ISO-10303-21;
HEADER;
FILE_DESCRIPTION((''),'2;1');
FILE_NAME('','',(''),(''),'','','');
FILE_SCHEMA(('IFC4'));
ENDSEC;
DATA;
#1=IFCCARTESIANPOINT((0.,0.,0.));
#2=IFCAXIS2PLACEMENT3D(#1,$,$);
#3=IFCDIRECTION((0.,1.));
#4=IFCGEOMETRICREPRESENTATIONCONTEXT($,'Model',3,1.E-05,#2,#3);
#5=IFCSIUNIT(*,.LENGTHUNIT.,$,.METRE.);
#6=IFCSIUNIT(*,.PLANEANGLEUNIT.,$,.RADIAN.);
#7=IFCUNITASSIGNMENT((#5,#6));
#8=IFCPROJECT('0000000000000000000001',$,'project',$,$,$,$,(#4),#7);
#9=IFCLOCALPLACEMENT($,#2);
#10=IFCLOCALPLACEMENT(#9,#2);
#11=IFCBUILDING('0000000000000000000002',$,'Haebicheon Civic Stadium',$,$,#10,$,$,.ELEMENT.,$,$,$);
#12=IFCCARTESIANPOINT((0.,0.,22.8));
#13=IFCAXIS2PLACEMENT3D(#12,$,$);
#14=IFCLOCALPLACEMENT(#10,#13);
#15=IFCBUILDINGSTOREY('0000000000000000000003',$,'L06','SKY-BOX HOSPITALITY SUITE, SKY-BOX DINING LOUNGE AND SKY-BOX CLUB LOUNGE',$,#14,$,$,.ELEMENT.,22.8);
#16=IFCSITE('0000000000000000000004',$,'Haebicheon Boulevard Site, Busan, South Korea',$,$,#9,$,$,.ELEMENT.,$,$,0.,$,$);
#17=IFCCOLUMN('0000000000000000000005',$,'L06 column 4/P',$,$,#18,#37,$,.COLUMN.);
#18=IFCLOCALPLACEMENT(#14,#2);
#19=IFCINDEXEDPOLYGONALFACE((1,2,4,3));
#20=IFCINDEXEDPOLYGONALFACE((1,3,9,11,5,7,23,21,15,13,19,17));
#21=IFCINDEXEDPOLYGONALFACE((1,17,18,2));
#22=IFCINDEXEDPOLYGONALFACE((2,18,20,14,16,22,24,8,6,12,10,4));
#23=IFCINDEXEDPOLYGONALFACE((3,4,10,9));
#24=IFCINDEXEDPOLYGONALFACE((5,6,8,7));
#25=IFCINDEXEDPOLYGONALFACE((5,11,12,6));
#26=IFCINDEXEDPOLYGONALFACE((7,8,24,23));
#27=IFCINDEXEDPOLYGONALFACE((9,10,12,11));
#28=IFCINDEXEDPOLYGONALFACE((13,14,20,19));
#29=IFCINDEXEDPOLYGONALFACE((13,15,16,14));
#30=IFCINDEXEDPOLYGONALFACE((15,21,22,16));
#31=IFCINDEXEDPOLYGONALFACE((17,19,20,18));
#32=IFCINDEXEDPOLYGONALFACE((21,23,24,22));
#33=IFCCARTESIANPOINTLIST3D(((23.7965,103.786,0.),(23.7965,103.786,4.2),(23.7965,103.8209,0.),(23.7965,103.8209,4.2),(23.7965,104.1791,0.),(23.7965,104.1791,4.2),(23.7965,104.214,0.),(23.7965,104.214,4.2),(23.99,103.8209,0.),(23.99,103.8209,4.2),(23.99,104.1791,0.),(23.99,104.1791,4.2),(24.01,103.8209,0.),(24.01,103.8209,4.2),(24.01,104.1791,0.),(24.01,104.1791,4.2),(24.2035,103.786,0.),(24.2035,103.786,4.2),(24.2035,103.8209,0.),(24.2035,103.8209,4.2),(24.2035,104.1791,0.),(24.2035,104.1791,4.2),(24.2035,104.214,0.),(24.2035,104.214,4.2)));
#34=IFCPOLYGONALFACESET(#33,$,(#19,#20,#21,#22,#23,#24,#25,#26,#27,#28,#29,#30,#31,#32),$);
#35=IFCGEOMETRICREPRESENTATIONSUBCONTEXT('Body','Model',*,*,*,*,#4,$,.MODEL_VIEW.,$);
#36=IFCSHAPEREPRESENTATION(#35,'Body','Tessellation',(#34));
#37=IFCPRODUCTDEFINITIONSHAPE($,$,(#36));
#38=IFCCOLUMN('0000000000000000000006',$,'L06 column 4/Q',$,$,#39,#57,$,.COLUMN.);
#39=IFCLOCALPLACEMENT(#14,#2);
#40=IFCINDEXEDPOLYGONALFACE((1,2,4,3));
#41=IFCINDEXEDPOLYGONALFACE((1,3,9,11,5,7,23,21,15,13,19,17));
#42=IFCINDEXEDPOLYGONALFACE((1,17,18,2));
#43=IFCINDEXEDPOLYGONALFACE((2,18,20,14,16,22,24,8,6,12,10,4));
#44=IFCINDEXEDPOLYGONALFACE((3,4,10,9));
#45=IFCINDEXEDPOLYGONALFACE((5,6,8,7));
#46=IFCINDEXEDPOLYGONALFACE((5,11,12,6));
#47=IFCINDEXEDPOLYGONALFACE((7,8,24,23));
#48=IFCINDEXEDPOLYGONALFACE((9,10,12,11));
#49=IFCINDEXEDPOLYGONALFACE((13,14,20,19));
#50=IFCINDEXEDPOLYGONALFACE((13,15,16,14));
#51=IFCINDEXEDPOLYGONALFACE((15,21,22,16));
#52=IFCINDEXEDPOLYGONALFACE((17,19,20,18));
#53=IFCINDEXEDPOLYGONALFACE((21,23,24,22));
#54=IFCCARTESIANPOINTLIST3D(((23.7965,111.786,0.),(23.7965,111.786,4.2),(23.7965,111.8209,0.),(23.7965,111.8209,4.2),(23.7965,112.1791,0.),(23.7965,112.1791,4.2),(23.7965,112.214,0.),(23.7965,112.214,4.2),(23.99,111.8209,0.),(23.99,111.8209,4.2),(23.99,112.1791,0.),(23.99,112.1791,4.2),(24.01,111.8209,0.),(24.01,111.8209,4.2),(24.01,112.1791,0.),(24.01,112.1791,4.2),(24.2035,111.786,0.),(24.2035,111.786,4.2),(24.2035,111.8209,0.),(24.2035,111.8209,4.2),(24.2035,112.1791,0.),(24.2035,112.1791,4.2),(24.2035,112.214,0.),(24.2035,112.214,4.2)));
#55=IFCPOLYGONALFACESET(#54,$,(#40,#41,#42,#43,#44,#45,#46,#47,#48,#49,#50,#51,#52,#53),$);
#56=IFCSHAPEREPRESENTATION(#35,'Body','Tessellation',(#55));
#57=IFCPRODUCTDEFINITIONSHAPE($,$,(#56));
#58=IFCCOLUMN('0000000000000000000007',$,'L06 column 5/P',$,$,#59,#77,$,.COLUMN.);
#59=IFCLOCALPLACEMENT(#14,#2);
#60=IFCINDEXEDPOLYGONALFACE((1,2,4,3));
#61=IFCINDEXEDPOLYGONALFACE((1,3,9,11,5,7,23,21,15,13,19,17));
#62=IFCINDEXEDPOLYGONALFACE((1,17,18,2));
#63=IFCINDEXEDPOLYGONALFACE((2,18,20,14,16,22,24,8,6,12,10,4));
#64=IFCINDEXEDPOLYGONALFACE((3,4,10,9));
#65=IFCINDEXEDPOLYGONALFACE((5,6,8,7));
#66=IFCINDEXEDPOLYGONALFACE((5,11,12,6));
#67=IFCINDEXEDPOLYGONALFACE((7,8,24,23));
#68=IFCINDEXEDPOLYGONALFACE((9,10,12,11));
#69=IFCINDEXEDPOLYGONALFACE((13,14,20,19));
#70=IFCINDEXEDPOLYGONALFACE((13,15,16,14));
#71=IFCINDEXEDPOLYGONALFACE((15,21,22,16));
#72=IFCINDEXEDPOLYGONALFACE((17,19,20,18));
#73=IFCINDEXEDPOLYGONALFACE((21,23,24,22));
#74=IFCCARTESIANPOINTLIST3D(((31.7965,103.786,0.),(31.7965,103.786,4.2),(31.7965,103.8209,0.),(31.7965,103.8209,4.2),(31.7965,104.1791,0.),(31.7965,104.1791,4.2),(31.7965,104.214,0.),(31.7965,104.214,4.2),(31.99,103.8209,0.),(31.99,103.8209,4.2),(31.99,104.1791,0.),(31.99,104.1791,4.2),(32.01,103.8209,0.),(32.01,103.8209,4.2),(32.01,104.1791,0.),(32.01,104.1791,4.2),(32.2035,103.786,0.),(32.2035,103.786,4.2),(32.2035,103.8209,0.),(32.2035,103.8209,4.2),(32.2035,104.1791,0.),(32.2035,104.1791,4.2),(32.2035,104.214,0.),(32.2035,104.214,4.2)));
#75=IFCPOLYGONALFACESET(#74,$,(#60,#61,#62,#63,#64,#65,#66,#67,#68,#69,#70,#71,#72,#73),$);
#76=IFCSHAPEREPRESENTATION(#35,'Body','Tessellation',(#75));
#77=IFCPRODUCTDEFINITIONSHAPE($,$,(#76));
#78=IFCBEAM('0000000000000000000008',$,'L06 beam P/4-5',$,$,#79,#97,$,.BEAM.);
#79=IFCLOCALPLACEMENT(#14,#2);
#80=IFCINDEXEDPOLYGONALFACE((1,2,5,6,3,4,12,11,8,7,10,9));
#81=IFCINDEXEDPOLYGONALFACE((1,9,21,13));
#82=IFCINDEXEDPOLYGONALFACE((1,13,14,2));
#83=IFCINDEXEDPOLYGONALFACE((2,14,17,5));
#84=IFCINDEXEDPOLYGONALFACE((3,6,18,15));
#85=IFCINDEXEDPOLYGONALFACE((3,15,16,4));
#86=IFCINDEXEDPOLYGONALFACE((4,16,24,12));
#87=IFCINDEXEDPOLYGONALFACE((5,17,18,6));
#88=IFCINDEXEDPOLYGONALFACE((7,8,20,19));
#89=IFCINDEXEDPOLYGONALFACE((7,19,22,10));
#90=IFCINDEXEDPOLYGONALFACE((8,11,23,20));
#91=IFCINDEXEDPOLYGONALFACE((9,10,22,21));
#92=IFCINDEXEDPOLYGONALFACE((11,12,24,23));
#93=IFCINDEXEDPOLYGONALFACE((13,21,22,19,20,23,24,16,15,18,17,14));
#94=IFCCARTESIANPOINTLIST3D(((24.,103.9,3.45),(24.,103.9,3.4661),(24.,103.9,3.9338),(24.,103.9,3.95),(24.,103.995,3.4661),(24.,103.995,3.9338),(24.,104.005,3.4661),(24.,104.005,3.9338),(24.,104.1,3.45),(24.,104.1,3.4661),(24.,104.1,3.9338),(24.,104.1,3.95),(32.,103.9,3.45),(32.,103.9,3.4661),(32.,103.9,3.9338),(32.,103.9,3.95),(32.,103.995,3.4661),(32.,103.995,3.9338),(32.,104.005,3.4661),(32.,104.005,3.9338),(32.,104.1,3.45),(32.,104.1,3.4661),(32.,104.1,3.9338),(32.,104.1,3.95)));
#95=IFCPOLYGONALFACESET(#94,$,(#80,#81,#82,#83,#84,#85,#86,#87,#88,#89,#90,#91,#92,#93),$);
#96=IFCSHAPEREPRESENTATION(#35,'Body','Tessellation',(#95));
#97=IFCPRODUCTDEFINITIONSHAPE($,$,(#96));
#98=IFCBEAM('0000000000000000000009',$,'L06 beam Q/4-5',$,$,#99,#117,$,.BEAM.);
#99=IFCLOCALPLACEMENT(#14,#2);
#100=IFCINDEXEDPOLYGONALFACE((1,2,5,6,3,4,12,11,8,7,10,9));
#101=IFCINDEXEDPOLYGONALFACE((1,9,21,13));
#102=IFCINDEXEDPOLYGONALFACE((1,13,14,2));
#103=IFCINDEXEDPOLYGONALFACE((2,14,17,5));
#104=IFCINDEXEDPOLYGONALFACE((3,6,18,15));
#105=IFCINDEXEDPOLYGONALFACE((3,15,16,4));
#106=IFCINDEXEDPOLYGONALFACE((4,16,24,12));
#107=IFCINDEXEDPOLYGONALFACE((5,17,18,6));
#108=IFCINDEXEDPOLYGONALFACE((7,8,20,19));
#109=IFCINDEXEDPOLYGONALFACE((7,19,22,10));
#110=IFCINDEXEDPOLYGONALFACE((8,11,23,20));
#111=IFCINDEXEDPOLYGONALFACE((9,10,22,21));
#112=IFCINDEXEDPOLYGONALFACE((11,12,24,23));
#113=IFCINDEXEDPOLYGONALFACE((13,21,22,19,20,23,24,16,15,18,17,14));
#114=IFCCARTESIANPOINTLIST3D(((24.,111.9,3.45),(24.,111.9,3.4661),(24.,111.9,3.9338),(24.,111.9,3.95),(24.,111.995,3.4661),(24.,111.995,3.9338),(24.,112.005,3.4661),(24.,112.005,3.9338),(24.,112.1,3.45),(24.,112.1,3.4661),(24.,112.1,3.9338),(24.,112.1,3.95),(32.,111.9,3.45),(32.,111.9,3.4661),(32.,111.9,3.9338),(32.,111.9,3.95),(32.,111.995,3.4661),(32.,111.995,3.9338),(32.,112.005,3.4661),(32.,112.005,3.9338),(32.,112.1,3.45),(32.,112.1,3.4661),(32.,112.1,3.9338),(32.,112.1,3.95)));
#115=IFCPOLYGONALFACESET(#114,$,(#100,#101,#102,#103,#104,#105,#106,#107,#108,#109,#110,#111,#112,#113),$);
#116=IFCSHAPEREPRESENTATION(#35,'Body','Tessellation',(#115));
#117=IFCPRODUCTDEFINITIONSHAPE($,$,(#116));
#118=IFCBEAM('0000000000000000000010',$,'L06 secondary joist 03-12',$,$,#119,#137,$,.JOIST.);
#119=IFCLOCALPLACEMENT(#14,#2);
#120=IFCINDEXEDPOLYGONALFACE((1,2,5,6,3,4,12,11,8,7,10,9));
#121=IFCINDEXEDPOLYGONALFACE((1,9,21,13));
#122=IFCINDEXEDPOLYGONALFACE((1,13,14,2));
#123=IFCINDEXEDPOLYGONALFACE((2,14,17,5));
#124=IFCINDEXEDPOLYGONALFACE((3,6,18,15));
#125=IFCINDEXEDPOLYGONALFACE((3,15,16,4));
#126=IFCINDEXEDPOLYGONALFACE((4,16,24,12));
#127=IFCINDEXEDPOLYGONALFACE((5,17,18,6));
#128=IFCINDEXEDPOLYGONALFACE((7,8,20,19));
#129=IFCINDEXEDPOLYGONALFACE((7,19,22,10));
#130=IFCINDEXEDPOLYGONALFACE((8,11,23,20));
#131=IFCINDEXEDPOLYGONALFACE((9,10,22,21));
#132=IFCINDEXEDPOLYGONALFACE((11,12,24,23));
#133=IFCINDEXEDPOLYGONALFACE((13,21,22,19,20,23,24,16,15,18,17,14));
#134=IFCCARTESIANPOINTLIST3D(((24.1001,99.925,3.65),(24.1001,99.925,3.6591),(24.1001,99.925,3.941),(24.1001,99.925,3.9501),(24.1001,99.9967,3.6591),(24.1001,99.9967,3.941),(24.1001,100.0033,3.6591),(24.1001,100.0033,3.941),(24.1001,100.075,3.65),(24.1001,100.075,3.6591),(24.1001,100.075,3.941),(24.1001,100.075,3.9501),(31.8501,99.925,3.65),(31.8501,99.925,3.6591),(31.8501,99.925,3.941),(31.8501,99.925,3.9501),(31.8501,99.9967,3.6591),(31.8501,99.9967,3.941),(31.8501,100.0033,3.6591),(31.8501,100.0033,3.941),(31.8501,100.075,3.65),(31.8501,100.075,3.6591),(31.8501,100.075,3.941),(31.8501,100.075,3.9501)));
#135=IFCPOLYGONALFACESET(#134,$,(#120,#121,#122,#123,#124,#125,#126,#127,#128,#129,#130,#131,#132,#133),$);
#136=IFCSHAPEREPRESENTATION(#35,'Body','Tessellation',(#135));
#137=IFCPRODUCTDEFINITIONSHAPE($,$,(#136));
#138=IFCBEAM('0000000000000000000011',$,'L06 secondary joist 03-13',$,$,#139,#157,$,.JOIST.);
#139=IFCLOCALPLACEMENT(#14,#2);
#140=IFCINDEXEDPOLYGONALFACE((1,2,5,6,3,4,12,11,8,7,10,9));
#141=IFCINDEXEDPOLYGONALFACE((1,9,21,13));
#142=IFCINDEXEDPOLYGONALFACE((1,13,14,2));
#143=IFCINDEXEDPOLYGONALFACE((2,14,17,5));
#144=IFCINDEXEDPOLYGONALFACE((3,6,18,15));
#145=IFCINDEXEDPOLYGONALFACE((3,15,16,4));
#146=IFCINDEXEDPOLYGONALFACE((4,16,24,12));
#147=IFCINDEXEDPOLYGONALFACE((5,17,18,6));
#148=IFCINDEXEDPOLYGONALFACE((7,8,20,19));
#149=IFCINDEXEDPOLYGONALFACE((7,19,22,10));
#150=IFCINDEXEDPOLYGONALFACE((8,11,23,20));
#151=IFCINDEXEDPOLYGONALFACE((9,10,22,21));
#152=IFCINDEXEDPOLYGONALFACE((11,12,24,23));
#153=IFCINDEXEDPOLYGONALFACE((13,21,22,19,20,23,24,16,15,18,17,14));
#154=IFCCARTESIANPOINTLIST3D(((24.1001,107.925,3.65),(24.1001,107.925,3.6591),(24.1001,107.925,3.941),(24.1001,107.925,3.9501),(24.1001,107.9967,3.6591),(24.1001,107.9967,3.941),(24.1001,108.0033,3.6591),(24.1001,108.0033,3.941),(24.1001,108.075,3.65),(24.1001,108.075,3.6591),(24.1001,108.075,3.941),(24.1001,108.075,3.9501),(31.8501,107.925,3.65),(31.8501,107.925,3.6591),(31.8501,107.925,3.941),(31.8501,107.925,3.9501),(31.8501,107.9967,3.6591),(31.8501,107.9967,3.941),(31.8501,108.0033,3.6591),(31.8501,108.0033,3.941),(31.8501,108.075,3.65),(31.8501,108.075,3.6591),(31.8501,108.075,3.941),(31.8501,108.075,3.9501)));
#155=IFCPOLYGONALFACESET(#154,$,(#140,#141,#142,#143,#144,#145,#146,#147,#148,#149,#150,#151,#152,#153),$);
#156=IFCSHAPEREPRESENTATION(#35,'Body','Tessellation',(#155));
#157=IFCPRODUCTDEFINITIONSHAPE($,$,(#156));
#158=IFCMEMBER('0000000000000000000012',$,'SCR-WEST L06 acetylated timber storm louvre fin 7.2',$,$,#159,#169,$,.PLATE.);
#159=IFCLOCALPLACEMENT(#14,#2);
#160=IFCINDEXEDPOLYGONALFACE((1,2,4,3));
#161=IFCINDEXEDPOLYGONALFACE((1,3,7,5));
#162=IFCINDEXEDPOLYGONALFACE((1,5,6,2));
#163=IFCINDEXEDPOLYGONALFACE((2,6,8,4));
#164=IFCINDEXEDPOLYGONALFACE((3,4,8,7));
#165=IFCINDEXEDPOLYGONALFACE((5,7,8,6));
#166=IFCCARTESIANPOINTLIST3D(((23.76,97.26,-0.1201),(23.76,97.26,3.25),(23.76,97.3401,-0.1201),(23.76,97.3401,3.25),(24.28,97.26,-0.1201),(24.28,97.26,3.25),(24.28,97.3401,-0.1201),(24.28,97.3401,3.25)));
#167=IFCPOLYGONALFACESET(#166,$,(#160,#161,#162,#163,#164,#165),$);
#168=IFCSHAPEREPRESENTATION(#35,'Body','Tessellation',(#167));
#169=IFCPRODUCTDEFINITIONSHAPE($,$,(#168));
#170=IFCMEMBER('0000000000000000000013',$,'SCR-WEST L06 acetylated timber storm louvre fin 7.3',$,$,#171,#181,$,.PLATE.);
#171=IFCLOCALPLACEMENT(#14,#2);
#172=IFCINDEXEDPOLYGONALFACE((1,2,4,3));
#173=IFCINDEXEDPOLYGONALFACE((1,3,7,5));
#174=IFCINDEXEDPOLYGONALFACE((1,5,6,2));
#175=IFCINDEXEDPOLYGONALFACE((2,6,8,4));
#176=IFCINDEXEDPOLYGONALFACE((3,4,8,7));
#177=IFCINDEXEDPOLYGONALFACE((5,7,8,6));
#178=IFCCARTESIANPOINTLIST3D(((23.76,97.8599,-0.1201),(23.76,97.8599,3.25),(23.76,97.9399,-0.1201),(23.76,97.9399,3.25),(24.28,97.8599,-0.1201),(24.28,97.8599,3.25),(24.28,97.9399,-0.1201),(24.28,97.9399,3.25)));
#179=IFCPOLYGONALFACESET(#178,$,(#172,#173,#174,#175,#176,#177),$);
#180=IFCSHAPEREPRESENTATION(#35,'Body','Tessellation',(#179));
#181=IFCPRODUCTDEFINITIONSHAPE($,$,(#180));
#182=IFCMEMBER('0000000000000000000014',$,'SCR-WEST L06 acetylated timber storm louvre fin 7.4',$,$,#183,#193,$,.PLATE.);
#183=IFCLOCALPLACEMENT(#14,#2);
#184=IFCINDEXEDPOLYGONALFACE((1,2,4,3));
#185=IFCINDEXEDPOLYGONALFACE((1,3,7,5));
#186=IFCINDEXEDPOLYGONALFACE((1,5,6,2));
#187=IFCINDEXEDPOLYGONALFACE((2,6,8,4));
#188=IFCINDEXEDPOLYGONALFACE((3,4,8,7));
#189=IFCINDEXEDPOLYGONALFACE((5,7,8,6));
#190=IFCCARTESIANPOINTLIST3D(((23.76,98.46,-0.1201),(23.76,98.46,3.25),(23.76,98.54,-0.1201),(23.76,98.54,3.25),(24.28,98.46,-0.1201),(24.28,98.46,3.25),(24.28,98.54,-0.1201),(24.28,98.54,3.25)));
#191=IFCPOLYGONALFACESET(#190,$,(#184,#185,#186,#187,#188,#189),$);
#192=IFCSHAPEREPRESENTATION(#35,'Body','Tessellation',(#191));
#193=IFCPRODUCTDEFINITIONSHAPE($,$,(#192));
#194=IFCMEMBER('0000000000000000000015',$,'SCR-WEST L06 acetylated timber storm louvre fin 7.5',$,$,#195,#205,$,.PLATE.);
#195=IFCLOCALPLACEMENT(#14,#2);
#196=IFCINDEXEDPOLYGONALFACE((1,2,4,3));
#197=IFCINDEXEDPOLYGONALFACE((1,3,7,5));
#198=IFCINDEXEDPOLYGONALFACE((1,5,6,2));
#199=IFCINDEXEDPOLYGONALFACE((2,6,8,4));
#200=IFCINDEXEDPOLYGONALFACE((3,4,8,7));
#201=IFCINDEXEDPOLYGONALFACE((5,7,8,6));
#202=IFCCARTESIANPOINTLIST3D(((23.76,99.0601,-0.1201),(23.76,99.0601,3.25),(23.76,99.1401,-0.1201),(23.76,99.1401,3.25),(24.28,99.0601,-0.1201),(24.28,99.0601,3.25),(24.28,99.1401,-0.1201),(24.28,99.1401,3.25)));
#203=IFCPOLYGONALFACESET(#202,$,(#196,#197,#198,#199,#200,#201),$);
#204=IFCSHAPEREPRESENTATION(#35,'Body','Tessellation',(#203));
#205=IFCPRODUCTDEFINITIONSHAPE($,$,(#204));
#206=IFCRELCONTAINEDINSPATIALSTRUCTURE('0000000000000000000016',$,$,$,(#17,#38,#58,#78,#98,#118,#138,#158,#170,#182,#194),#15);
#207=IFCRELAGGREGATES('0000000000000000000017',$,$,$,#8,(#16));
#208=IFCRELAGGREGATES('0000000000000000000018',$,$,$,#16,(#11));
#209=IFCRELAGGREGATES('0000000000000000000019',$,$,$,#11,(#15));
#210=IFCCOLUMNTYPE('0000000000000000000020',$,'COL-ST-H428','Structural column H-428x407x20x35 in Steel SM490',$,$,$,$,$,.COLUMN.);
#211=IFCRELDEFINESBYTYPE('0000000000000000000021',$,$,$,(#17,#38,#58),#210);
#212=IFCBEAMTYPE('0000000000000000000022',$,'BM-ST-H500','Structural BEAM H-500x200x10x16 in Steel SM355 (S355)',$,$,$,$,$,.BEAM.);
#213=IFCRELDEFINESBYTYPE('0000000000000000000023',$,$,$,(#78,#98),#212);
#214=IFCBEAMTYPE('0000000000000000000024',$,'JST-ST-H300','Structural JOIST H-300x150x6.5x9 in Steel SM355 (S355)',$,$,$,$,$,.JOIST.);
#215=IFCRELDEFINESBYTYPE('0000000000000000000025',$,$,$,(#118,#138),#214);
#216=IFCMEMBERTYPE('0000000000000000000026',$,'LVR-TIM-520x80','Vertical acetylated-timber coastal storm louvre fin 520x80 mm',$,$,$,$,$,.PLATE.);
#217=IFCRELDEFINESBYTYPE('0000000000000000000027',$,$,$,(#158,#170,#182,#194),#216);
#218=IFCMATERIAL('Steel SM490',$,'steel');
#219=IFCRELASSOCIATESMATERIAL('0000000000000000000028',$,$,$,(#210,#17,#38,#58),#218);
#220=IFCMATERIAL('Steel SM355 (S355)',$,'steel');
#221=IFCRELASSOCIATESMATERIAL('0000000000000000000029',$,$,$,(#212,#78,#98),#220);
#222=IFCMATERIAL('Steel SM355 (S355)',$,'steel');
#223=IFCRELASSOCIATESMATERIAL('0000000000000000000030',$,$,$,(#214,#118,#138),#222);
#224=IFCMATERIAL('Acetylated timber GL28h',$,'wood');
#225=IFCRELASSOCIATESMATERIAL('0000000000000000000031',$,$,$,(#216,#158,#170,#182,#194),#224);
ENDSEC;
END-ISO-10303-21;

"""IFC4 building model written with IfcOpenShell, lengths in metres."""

from ifc_helpers import new_model, si_unit, direction, frame, origin, origin_2d, place, context, subcontext, project, spatial, rectangle, i_section, extrude, material, material_profile, profile_set, type_object, element, save


model = new_model("IFC4")

# Units and contexts
model_context = context("Model", 3, precision=1e-05, world=origin(), true_north=direction((0.0, 1.0)))
body_context = subcontext(model_context, "Body", "Model", "MODEL_VIEW")
ifc_project = project(units=[si_unit("LENGTHUNIT", "METRE"), si_unit("PLANEANGLEUNIT", "RADIAN")], contexts=[model_context])

# Site, building, storey
site_placement = place(None, origin())
site = spatial("IfcSite", under=ifc_project, at=site_placement, Name="Haebicheon Boulevard Site, Busan, South Korea", CompositionType="ELEMENT", RefElevation=0.0)
building_placement = place(site_placement, origin())
building = spatial("IfcBuilding", under=site, at=building_placement, Name="Haebicheon Civic Stadium", CompositionType="ELEMENT")
storey_placement = place(building_placement, frame((0.0, 0.0, 22.8)))
storey = spatial("IfcBuildingStorey", under=building, at=storey_placement, Name="L06", Description="SKY-BOX HOSPITALITY SUITE, SKY-BOX DINING LOUNGE AND SKY-BOX CLUB LOUNGE", CompositionType="ELEMENT", Elevation=22.8)

# Columns
ifc_material_1 = material(Name="Steel SM490", Category="steel")
ifc_material_profile_1 = material_profile(ifc_material_1, i_section(OverallWidth=0.407, OverallDepth=0.428, WebThickness=0.02, FlangeThickness=0.0349, at=origin_2d()), Name="H-428x407x20x35")
ifc_profile_set_1 = profile_set([ifc_material_profile_1], Name="Steel SM490")
column_type = type_object("IfcColumnType", Name="COL-ST-H428", Description="Structural column H-428x407x20x35 in Steel SM490", PredefinedType="COLUMN", material=ifc_profile_set_1)
for number, where, z_axis, x_axis, name in (
    (1, (24.0, 104.0, 0.0), (0.0, 0.0, 1.0), (1.0, 0.0, 0.0), "L06 column 4/P"),
    (2, (24.0, 112.0, 0.0), (0.0, 0.0, 1.0), (1.0, 0.0, 0.0), "L06 column 4/Q"),
    (3, (32.0, 104.0, 0.0), (0.0, 0.0, 1.0), (1.0, 0.0, 0.0), "L06 column 5/P"),
):
    element("IfcColumn", number, at=place(storey_placement, frame(where, z_axis=z_axis, x_axis=x_axis)), inside=storey, type_object=column_type, material=ifc_profile_set_1, Name=name, PredefinedType="COLUMN", context=body_context, shape_type="SweptSolid", body=[
        extrude(i_section(OverallWidth=0.407, OverallDepth=0.428, WebThickness=0.02, FlangeThickness=0.0349, at=origin_2d()), origin(), (0.0, 0.0, 1.0), 4.2),
    ])

# Beams
ifc_material_2 = material(Name="Steel SM355 (S355)", Category="steel")
ifc_material_profile_2 = material_profile(ifc_material_2, i_section(OverallWidth=0.2, OverallDepth=0.5, WebThickness=0.01, FlangeThickness=0.0161, at=origin_2d()), Name="H-500x200x10x16")
ifc_profile_set_2 = profile_set([ifc_material_profile_2], Name="Steel SM355 (S355)")
beam_type_1 = type_object("IfcBeamType", Name="BM-ST-H500", Description="Structural BEAM H-500x200x10x16 in Steel SM355 (S355)", PredefinedType="BEAM", material=ifc_profile_set_2)
for number, where, z_axis, x_axis, name in (
    (4, (24.0, 104.0, 3.7), (1.0, 0.0, 0.0), (0.0, 1.0, 0.0), "L06 beam P/4-5"),
    (5, (24.0, 112.0, 3.7), (1.0, 0.0, 0.0), (0.0, 1.0, 0.0), "L06 beam Q/4-5"),
):
    element("IfcBeam", number, at=place(storey_placement, frame(where, z_axis=z_axis, x_axis=x_axis)), inside=storey, type_object=beam_type_1, material=ifc_profile_set_2, Name=name, PredefinedType="BEAM", context=body_context, shape_type="SweptSolid", body=[
        extrude(i_section(OverallWidth=0.2, OverallDepth=0.5, WebThickness=0.01, FlangeThickness=0.0161, at=origin_2d()), origin(), (0.0, 0.0, 1.0), 8.0),
    ])
ifc_material_3 = material(Name="Steel SM355 (S355)", Category="steel")
ifc_material_profile_3 = material_profile(ifc_material_3, i_section(OverallWidth=0.1499, OverallDepth=0.3, WebThickness=0.0066, FlangeThickness=0.009, at=origin_2d()), Name="H-300x150x6.5x9")
ifc_profile_set_3 = profile_set([ifc_material_profile_3], Name="Steel SM355 (S355)")
beam_type_2 = type_object("IfcBeamType", Name="JST-ST-H300", Description="Structural JOIST H-300x150x6.5x9 in Steel SM355 (S355)", PredefinedType="JOIST", material=ifc_profile_set_3)
for number, where, z_axis, x_axis, name in (
    (6, (24.1001, 100.0, 3.8), (1.0, 0.0, 0.0), (0.0, 1.0, 0.0), "L06 secondary joist 03-12"),
    (7, (24.1001, 108.0, 3.8), (1.0, 0.0, 0.0), (0.0, 1.0, 0.0), "L06 secondary joist 03-13"),
):
    element("IfcBeam", number, at=place(storey_placement, frame(where, z_axis=z_axis, x_axis=x_axis)), inside=storey, type_object=beam_type_2, material=ifc_profile_set_3, Name=name, PredefinedType="JOIST", context=body_context, shape_type="SweptSolid", body=[
        extrude(i_section(OverallWidth=0.1499, OverallDepth=0.3, WebThickness=0.0066, FlangeThickness=0.009, at=origin_2d()), origin(), (0.0, 0.0, 1.0), 7.75),
    ])

# Members
ifc_material_4 = material(Name="Acetylated timber GL28h", Category="wood")
ifc_material_profile_4 = material_profile(ifc_material_4, rectangle(XDim=0.0801, YDim=0.52, at=origin_2d()), Name="TMB-LOUV-80x520")
ifc_profile_set_4 = profile_set([ifc_material_profile_4], Name="Acetylated timber GL28h")
member_type_1 = type_object("IfcMemberType", Name="LVR-TIM-520x80", Description="Vertical acetylated-timber coastal storm louvre fin 520x80 mm", PredefinedType="PLATE", material=ifc_profile_set_4)
for number, where, z_axis, x_axis, name in (
    (8, (24.02, 97.3, -0.1201), (0.0, 0.0, 1.0), (0.0, 1.0, 0.0), "SCR-WEST L06 acetylated timber storm louvre fin 7.2"),
    (9, (24.02, 97.8999, -0.1201), (0.0, 0.0, 1.0), (0.0, 1.0, 0.0), "SCR-WEST L06 acetylated timber storm louvre fin 7.3"),
    (10, (24.02, 98.5, -0.1201), (0.0, 0.0, 1.0), (0.0, 1.0, 0.0), "SCR-WEST L06 acetylated timber storm louvre fin 7.4"),
    (11, (24.02, 99.1001, -0.1201), (0.0, 0.0, 1.0), (0.0, 1.0, 0.0), "SCR-WEST L06 acetylated timber storm louvre fin 7.5"),
):
    element("IfcMember", number, at=place(storey_placement, frame(where, z_axis=z_axis, x_axis=x_axis)), inside=storey, type_object=member_type_1, material=ifc_profile_set_4, Name=name, PredefinedType="PLATE", context=body_context, shape_type="SweptSolid", body=[
        extrude(rectangle(XDim=0.0801, YDim=0.52, at=origin_2d()), origin(), (0.0, 0.0, 1.0), 3.3701),
    ])

save(model, "model.ifc")
